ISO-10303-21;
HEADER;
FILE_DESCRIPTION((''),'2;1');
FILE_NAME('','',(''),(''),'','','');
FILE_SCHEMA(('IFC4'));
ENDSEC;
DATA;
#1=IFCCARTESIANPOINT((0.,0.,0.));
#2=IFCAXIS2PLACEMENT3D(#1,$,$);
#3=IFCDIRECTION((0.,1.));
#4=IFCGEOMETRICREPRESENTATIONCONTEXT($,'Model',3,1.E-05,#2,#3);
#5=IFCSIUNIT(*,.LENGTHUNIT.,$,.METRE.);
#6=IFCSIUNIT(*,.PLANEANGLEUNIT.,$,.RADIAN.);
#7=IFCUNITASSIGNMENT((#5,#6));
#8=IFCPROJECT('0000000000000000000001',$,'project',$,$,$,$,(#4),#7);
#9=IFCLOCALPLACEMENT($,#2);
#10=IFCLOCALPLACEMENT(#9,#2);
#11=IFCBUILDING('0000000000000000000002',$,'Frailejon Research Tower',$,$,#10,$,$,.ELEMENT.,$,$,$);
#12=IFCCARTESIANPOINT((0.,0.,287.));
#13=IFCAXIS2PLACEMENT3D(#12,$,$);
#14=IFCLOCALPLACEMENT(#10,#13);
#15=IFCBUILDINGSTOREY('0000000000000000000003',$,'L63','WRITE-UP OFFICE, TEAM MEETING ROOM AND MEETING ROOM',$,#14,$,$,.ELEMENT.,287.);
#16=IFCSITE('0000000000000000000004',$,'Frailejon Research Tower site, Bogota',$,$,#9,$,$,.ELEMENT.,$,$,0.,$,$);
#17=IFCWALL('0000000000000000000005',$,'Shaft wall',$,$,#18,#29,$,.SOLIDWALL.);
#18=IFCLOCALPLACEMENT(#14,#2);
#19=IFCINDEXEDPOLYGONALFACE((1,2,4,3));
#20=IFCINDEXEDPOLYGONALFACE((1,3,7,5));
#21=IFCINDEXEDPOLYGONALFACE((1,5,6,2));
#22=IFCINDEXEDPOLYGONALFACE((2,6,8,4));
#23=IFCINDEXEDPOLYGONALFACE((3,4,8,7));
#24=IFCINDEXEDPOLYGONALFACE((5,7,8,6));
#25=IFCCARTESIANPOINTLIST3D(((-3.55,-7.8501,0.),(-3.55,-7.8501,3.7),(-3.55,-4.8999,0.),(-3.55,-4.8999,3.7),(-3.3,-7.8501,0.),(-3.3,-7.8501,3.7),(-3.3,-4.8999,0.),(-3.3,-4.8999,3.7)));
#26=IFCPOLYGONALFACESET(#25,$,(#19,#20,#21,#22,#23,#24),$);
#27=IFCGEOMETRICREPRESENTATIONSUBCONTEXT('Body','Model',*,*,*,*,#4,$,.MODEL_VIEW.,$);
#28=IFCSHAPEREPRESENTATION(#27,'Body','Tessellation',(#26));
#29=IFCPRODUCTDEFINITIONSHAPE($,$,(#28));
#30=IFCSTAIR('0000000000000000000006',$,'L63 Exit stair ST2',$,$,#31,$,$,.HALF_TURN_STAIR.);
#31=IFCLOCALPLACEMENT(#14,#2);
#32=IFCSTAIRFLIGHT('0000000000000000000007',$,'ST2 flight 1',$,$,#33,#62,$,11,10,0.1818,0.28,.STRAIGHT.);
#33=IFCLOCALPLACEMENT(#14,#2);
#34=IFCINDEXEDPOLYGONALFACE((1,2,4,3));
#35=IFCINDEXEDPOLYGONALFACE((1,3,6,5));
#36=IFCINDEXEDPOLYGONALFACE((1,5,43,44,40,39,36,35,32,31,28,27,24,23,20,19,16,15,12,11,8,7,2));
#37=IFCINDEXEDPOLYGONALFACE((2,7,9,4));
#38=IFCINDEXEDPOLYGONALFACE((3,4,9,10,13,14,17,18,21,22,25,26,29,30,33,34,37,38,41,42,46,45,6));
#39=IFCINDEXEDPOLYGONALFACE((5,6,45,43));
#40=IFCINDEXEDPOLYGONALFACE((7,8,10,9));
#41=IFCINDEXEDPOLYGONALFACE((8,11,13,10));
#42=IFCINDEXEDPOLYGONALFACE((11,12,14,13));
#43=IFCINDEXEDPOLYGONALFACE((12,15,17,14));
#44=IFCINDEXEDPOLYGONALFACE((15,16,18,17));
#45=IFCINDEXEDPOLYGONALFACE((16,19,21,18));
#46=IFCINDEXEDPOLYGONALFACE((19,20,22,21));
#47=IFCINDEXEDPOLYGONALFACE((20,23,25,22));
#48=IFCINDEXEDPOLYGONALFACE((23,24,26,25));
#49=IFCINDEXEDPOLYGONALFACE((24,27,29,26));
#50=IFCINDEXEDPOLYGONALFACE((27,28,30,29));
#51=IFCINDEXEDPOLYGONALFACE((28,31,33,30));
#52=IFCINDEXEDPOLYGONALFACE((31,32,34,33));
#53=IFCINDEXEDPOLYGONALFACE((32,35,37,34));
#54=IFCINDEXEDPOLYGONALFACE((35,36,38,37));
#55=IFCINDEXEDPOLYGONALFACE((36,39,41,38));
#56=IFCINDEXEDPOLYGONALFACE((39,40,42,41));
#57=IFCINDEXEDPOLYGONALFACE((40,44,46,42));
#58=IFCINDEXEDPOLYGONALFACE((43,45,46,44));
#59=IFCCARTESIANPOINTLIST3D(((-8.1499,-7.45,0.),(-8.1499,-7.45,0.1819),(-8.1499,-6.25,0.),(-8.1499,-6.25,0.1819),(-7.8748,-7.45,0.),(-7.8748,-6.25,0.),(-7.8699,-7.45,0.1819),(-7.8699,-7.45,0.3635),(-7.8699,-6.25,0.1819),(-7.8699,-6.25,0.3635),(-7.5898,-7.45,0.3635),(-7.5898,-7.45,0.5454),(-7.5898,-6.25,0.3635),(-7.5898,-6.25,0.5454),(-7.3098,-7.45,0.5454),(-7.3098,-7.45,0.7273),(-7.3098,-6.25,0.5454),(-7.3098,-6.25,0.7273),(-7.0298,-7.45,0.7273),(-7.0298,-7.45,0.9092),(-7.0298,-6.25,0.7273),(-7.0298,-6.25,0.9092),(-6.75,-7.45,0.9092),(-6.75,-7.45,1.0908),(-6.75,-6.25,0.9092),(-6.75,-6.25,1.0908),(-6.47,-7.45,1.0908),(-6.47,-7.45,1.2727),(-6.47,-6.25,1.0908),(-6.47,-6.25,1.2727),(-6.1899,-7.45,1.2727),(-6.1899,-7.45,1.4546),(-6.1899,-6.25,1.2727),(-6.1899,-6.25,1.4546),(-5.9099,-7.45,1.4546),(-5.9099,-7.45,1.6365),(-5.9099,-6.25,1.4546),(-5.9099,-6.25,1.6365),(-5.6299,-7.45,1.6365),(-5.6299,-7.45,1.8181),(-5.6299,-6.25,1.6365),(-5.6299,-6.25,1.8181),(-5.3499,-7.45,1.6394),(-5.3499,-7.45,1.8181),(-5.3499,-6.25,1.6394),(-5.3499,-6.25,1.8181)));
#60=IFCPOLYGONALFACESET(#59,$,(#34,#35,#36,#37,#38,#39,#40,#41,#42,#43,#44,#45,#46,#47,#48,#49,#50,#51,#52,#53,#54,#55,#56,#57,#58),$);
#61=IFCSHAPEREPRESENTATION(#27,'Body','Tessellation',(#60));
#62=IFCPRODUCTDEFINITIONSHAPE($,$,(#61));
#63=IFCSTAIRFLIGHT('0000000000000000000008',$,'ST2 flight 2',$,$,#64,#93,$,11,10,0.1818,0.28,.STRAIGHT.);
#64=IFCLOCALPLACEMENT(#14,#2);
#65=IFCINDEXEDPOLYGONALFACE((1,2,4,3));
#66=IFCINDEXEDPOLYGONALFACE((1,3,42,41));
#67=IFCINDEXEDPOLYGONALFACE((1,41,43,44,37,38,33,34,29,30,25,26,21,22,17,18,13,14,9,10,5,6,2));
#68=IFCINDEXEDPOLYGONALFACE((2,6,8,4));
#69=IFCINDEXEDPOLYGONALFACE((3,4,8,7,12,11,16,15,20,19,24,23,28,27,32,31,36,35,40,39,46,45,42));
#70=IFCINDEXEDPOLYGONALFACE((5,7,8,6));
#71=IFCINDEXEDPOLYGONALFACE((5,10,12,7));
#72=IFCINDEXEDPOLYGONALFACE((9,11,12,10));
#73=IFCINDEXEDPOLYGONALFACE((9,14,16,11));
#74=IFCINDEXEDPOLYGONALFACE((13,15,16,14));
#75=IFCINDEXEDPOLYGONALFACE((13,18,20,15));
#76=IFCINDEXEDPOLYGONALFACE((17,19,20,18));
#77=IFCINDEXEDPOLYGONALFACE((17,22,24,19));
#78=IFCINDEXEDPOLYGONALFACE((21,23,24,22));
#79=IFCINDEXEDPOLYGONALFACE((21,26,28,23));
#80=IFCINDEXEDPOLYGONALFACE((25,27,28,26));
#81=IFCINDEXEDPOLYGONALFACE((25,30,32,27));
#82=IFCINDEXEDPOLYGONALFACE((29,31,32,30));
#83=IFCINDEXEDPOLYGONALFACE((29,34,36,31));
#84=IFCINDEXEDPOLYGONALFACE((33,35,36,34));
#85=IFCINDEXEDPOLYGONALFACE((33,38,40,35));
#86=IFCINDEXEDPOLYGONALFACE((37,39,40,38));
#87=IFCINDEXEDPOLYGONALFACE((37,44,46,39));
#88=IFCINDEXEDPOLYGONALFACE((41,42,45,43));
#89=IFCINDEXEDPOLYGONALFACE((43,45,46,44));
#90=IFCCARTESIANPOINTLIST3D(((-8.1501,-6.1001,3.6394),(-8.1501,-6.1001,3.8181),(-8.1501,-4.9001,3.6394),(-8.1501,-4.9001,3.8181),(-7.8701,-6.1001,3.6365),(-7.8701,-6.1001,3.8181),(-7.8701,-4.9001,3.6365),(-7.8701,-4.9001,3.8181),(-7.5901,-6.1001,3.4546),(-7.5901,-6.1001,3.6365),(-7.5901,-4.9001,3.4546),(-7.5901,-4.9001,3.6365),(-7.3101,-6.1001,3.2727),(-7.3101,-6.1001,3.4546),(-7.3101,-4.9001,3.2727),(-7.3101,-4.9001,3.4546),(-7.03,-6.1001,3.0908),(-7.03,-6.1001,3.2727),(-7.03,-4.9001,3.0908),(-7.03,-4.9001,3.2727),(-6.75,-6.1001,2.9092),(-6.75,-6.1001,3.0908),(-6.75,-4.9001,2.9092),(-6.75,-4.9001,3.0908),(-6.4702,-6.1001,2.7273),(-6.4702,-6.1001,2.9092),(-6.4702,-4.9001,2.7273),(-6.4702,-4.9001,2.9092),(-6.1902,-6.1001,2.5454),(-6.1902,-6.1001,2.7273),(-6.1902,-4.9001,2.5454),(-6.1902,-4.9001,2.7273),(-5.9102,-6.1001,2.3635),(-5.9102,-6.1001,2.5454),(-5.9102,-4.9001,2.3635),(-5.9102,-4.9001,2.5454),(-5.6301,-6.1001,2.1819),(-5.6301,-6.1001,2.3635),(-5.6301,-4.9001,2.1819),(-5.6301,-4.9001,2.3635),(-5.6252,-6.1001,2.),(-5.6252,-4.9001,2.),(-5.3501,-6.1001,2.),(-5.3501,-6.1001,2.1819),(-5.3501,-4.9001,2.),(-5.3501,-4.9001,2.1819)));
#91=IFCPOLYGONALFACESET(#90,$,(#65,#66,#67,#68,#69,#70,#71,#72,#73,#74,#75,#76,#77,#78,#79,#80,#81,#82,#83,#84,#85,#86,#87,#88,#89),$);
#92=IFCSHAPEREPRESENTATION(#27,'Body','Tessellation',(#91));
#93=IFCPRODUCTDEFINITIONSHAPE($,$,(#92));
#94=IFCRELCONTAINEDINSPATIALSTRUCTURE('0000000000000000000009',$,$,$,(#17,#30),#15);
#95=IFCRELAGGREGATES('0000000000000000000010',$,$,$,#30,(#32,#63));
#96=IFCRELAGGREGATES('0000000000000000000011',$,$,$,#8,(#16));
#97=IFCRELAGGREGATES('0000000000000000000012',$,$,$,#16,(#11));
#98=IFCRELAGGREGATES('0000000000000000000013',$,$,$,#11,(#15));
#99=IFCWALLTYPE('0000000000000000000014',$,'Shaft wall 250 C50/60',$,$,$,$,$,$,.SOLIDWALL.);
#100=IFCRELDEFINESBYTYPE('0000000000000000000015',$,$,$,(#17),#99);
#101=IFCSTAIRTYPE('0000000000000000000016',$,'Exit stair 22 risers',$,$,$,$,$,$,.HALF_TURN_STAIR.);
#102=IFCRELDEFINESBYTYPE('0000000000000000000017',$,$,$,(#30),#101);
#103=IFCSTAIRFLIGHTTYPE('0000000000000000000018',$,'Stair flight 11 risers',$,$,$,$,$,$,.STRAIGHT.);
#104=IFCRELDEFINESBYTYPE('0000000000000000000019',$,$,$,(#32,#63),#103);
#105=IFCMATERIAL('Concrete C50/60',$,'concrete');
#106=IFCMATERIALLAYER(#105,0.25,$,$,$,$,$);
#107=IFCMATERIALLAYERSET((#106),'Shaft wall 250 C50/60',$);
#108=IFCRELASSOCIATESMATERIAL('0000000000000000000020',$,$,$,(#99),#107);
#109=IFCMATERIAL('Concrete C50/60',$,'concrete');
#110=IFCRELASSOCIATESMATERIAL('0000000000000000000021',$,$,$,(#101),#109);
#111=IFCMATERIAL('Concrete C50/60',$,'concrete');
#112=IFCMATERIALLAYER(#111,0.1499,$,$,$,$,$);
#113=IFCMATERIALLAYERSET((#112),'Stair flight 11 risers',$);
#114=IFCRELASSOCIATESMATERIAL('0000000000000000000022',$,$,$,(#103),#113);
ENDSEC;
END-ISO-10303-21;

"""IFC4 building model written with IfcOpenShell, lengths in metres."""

from ifc_helpers import new_model, si_unit, direction, frame, frame_2d, origin, place, context, subcontext, project, spatial, polyline, rectangle, outline, extrude, material, layer, layer_set, type_object, element, aggregate, save


model = new_model("IFC4")

# Units and contexts
model_context = context("Model", 3, precision=1e-05, world=origin(), true_north=direction((0.0, 1.0)))
body_context = subcontext(model_context, "Body", "Model", "MODEL_VIEW")
ifc_project = project(units=[si_unit("LENGTHUNIT", "METRE"), si_unit("PLANEANGLEUNIT", "RADIAN")], contexts=[model_context])

# Site, building, storey
site_placement = place(None, origin())
site = spatial("IfcSite", under=ifc_project, at=site_placement, Name="Frailejon Research Tower site, Bogota", CompositionType="ELEMENT", RefElevation=0.0)
building_placement = place(site_placement, origin())
building = spatial("IfcBuilding", under=site, at=building_placement, Name="Frailejon Research Tower", CompositionType="ELEMENT")
storey_placement = place(building_placement, frame((0.0, 0.0, 287.0)))
storey = spatial("IfcBuildingStorey", under=building, at=storey_placement, Name="L63", Description="WRITE-UP OFFICE, TEAM MEETING ROOM AND MEETING ROOM", CompositionType="ELEMENT", Elevation=287.0)

# Shared definitions
ifc_material_1 = material(Name="Concrete C50/60", Category="concrete")
ifc_layer_1 = layer(ifc_material_1, 0.25)
ifc_layer_set_1 = layer_set([ifc_layer_1], Name="Shaft wall 250 C50/60")
wall_type_1 = type_object("IfcWallType", Name="Shaft wall 250 C50/60", PredefinedType="SOLIDWALL", material=ifc_layer_set_1)

# Wall
wall_1_placement = place(storey_placement, frame((-3.425, -7.8501, 0.0), z_axis=(0.0, 0.0, 1.0), x_axis=(0.0, 1.0, 0.0)))
element("IfcWall", 1, at=wall_1_placement, inside=storey, type_object=wall_type_1, Name="Shaft wall", PredefinedType="SOLIDWALL", context=body_context, shape_type="SweptSolid", body=[
    extrude(rectangle(XDim=2.9502, YDim=0.25, at=frame_2d((1.4751, 0.0))), origin(), (0.0, 0.0, 1.0), 3.7),
])

# Stair, stair flights
ifc_material_2 = material(Name="Concrete C50/60", Category="concrete")
stair_type = type_object("IfcStairType", Name="Exit stair 22 risers", PredefinedType="HALF_TURN_STAIR", material=ifc_material_2)
stair_placement = place(storey_placement, origin())
stair = element("IfcStair", 2, at=stair_placement, inside=storey, type_object=stair_type, Name="L63 Exit stair ST2", PredefinedType="HALF_TURN_STAIR")
ifc_material_3 = material(Name="Concrete C50/60", Category="concrete")
ifc_layer_2 = layer(ifc_material_3, 0.1499)
ifc_layer_set_2 = layer_set([ifc_layer_2], Name="Stair flight 11 risers")
stair_flight_type = type_object("IfcStairFlightType", Name="Stair flight 11 risers", PredefinedType="STRAIGHT", material=ifc_layer_set_2)
stair_flight_1_placement = place(storey_placement, frame((-8.1499, -6.8501, 0.0), z_axis=(0.0, 0.0, 1.0), x_axis=(1.0, 0.0, 0.0)))
stair_flight_1 = element("IfcStairFlight", 3, at=stair_flight_1_placement, type_object=stair_flight_type, Name="ST2 flight 1", NumberOfRisers=11, NumberOfTreads=10, PredefinedType="STRAIGHT", RiserHeight=0.1818, TreadLength=0.28, context=body_context, shape_type="SweptSolid", body=[
    extrude(outline(polyline([(0.0, 0.0), (0.0, 0.1819), (0.28, 0.1819), (0.28, 0.3635), (0.5601, 0.3635), (0.5601, 0.5454), (0.8401, 0.5454), (0.8401, 0.7273), (1.1201, 0.7273), (1.1201, 0.9092), (1.3999, 0.9092), (1.3999, 1.0908), (1.6799, 1.0908), (1.6799, 1.2727), (1.96, 1.2727), (1.96, 1.4546), (2.24, 1.4546), (2.24, 1.6365), (2.52, 1.6365), (2.52, 1.8181), (2.8, 1.8181), (2.8, 2.0), (2.8, 1.6394), (0.2751, 0.0), (0.0, 0.0)])), frame((0.0, 0.6001, 0.0), z_axis=(0.0, -1.0, 0.0), x_axis=(1.0, 0.0, 0.0)), (0.0, 0.0, 1.0), 1.2),
])
stair_flight_2_placement = place(storey_placement, frame((-5.3501, -5.5, 2.0), z_axis=(0.0, 0.0, 1.0), x_axis=(-1.0, 0.0, 0.0)))
stair_flight_2 = element("IfcStairFlight", 4, at=stair_flight_2_placement, type_object=stair_flight_type, Name="ST2 flight 2", NumberOfRisers=11, NumberOfTreads=10, PredefinedType="STRAIGHT", RiserHeight=0.1818, TreadLength=0.28, context=body_context, shape_type="SweptSolid", body=[
    extrude(outline(polyline([(0.0, 0.0), (0.0, 0.1819), (0.28, 0.1819), (0.28, 0.3635), (0.5601, 0.3635), (0.5601, 0.5454), (0.8401, 0.5454), (0.8401, 0.7273), (1.1201, 0.7273), (1.1201, 0.9092), (1.3999, 0.9092), (1.3999, 1.0908), (1.6799, 1.0908), (1.6799, 1.2727), (1.96, 1.2727), (1.96, 1.4546), (2.24, 1.4546), (2.24, 1.6365), (2.52, 1.6365), (2.52, 1.8181), (2.8, 1.8181), (2.8, 2.0), (2.8, 1.6394), (0.2751, 0.0), (0.0, 0.0)])), frame((0.0, 0.6001, 0.0), z_axis=(0.0, -1.0, 0.0), x_axis=(1.0, 0.0, 0.0)), (0.0, 0.0, 1.0), 1.2),
])
aggregate(stair, [stair_flight_1, stair_flight_2])

save(model, "model.ifc")
